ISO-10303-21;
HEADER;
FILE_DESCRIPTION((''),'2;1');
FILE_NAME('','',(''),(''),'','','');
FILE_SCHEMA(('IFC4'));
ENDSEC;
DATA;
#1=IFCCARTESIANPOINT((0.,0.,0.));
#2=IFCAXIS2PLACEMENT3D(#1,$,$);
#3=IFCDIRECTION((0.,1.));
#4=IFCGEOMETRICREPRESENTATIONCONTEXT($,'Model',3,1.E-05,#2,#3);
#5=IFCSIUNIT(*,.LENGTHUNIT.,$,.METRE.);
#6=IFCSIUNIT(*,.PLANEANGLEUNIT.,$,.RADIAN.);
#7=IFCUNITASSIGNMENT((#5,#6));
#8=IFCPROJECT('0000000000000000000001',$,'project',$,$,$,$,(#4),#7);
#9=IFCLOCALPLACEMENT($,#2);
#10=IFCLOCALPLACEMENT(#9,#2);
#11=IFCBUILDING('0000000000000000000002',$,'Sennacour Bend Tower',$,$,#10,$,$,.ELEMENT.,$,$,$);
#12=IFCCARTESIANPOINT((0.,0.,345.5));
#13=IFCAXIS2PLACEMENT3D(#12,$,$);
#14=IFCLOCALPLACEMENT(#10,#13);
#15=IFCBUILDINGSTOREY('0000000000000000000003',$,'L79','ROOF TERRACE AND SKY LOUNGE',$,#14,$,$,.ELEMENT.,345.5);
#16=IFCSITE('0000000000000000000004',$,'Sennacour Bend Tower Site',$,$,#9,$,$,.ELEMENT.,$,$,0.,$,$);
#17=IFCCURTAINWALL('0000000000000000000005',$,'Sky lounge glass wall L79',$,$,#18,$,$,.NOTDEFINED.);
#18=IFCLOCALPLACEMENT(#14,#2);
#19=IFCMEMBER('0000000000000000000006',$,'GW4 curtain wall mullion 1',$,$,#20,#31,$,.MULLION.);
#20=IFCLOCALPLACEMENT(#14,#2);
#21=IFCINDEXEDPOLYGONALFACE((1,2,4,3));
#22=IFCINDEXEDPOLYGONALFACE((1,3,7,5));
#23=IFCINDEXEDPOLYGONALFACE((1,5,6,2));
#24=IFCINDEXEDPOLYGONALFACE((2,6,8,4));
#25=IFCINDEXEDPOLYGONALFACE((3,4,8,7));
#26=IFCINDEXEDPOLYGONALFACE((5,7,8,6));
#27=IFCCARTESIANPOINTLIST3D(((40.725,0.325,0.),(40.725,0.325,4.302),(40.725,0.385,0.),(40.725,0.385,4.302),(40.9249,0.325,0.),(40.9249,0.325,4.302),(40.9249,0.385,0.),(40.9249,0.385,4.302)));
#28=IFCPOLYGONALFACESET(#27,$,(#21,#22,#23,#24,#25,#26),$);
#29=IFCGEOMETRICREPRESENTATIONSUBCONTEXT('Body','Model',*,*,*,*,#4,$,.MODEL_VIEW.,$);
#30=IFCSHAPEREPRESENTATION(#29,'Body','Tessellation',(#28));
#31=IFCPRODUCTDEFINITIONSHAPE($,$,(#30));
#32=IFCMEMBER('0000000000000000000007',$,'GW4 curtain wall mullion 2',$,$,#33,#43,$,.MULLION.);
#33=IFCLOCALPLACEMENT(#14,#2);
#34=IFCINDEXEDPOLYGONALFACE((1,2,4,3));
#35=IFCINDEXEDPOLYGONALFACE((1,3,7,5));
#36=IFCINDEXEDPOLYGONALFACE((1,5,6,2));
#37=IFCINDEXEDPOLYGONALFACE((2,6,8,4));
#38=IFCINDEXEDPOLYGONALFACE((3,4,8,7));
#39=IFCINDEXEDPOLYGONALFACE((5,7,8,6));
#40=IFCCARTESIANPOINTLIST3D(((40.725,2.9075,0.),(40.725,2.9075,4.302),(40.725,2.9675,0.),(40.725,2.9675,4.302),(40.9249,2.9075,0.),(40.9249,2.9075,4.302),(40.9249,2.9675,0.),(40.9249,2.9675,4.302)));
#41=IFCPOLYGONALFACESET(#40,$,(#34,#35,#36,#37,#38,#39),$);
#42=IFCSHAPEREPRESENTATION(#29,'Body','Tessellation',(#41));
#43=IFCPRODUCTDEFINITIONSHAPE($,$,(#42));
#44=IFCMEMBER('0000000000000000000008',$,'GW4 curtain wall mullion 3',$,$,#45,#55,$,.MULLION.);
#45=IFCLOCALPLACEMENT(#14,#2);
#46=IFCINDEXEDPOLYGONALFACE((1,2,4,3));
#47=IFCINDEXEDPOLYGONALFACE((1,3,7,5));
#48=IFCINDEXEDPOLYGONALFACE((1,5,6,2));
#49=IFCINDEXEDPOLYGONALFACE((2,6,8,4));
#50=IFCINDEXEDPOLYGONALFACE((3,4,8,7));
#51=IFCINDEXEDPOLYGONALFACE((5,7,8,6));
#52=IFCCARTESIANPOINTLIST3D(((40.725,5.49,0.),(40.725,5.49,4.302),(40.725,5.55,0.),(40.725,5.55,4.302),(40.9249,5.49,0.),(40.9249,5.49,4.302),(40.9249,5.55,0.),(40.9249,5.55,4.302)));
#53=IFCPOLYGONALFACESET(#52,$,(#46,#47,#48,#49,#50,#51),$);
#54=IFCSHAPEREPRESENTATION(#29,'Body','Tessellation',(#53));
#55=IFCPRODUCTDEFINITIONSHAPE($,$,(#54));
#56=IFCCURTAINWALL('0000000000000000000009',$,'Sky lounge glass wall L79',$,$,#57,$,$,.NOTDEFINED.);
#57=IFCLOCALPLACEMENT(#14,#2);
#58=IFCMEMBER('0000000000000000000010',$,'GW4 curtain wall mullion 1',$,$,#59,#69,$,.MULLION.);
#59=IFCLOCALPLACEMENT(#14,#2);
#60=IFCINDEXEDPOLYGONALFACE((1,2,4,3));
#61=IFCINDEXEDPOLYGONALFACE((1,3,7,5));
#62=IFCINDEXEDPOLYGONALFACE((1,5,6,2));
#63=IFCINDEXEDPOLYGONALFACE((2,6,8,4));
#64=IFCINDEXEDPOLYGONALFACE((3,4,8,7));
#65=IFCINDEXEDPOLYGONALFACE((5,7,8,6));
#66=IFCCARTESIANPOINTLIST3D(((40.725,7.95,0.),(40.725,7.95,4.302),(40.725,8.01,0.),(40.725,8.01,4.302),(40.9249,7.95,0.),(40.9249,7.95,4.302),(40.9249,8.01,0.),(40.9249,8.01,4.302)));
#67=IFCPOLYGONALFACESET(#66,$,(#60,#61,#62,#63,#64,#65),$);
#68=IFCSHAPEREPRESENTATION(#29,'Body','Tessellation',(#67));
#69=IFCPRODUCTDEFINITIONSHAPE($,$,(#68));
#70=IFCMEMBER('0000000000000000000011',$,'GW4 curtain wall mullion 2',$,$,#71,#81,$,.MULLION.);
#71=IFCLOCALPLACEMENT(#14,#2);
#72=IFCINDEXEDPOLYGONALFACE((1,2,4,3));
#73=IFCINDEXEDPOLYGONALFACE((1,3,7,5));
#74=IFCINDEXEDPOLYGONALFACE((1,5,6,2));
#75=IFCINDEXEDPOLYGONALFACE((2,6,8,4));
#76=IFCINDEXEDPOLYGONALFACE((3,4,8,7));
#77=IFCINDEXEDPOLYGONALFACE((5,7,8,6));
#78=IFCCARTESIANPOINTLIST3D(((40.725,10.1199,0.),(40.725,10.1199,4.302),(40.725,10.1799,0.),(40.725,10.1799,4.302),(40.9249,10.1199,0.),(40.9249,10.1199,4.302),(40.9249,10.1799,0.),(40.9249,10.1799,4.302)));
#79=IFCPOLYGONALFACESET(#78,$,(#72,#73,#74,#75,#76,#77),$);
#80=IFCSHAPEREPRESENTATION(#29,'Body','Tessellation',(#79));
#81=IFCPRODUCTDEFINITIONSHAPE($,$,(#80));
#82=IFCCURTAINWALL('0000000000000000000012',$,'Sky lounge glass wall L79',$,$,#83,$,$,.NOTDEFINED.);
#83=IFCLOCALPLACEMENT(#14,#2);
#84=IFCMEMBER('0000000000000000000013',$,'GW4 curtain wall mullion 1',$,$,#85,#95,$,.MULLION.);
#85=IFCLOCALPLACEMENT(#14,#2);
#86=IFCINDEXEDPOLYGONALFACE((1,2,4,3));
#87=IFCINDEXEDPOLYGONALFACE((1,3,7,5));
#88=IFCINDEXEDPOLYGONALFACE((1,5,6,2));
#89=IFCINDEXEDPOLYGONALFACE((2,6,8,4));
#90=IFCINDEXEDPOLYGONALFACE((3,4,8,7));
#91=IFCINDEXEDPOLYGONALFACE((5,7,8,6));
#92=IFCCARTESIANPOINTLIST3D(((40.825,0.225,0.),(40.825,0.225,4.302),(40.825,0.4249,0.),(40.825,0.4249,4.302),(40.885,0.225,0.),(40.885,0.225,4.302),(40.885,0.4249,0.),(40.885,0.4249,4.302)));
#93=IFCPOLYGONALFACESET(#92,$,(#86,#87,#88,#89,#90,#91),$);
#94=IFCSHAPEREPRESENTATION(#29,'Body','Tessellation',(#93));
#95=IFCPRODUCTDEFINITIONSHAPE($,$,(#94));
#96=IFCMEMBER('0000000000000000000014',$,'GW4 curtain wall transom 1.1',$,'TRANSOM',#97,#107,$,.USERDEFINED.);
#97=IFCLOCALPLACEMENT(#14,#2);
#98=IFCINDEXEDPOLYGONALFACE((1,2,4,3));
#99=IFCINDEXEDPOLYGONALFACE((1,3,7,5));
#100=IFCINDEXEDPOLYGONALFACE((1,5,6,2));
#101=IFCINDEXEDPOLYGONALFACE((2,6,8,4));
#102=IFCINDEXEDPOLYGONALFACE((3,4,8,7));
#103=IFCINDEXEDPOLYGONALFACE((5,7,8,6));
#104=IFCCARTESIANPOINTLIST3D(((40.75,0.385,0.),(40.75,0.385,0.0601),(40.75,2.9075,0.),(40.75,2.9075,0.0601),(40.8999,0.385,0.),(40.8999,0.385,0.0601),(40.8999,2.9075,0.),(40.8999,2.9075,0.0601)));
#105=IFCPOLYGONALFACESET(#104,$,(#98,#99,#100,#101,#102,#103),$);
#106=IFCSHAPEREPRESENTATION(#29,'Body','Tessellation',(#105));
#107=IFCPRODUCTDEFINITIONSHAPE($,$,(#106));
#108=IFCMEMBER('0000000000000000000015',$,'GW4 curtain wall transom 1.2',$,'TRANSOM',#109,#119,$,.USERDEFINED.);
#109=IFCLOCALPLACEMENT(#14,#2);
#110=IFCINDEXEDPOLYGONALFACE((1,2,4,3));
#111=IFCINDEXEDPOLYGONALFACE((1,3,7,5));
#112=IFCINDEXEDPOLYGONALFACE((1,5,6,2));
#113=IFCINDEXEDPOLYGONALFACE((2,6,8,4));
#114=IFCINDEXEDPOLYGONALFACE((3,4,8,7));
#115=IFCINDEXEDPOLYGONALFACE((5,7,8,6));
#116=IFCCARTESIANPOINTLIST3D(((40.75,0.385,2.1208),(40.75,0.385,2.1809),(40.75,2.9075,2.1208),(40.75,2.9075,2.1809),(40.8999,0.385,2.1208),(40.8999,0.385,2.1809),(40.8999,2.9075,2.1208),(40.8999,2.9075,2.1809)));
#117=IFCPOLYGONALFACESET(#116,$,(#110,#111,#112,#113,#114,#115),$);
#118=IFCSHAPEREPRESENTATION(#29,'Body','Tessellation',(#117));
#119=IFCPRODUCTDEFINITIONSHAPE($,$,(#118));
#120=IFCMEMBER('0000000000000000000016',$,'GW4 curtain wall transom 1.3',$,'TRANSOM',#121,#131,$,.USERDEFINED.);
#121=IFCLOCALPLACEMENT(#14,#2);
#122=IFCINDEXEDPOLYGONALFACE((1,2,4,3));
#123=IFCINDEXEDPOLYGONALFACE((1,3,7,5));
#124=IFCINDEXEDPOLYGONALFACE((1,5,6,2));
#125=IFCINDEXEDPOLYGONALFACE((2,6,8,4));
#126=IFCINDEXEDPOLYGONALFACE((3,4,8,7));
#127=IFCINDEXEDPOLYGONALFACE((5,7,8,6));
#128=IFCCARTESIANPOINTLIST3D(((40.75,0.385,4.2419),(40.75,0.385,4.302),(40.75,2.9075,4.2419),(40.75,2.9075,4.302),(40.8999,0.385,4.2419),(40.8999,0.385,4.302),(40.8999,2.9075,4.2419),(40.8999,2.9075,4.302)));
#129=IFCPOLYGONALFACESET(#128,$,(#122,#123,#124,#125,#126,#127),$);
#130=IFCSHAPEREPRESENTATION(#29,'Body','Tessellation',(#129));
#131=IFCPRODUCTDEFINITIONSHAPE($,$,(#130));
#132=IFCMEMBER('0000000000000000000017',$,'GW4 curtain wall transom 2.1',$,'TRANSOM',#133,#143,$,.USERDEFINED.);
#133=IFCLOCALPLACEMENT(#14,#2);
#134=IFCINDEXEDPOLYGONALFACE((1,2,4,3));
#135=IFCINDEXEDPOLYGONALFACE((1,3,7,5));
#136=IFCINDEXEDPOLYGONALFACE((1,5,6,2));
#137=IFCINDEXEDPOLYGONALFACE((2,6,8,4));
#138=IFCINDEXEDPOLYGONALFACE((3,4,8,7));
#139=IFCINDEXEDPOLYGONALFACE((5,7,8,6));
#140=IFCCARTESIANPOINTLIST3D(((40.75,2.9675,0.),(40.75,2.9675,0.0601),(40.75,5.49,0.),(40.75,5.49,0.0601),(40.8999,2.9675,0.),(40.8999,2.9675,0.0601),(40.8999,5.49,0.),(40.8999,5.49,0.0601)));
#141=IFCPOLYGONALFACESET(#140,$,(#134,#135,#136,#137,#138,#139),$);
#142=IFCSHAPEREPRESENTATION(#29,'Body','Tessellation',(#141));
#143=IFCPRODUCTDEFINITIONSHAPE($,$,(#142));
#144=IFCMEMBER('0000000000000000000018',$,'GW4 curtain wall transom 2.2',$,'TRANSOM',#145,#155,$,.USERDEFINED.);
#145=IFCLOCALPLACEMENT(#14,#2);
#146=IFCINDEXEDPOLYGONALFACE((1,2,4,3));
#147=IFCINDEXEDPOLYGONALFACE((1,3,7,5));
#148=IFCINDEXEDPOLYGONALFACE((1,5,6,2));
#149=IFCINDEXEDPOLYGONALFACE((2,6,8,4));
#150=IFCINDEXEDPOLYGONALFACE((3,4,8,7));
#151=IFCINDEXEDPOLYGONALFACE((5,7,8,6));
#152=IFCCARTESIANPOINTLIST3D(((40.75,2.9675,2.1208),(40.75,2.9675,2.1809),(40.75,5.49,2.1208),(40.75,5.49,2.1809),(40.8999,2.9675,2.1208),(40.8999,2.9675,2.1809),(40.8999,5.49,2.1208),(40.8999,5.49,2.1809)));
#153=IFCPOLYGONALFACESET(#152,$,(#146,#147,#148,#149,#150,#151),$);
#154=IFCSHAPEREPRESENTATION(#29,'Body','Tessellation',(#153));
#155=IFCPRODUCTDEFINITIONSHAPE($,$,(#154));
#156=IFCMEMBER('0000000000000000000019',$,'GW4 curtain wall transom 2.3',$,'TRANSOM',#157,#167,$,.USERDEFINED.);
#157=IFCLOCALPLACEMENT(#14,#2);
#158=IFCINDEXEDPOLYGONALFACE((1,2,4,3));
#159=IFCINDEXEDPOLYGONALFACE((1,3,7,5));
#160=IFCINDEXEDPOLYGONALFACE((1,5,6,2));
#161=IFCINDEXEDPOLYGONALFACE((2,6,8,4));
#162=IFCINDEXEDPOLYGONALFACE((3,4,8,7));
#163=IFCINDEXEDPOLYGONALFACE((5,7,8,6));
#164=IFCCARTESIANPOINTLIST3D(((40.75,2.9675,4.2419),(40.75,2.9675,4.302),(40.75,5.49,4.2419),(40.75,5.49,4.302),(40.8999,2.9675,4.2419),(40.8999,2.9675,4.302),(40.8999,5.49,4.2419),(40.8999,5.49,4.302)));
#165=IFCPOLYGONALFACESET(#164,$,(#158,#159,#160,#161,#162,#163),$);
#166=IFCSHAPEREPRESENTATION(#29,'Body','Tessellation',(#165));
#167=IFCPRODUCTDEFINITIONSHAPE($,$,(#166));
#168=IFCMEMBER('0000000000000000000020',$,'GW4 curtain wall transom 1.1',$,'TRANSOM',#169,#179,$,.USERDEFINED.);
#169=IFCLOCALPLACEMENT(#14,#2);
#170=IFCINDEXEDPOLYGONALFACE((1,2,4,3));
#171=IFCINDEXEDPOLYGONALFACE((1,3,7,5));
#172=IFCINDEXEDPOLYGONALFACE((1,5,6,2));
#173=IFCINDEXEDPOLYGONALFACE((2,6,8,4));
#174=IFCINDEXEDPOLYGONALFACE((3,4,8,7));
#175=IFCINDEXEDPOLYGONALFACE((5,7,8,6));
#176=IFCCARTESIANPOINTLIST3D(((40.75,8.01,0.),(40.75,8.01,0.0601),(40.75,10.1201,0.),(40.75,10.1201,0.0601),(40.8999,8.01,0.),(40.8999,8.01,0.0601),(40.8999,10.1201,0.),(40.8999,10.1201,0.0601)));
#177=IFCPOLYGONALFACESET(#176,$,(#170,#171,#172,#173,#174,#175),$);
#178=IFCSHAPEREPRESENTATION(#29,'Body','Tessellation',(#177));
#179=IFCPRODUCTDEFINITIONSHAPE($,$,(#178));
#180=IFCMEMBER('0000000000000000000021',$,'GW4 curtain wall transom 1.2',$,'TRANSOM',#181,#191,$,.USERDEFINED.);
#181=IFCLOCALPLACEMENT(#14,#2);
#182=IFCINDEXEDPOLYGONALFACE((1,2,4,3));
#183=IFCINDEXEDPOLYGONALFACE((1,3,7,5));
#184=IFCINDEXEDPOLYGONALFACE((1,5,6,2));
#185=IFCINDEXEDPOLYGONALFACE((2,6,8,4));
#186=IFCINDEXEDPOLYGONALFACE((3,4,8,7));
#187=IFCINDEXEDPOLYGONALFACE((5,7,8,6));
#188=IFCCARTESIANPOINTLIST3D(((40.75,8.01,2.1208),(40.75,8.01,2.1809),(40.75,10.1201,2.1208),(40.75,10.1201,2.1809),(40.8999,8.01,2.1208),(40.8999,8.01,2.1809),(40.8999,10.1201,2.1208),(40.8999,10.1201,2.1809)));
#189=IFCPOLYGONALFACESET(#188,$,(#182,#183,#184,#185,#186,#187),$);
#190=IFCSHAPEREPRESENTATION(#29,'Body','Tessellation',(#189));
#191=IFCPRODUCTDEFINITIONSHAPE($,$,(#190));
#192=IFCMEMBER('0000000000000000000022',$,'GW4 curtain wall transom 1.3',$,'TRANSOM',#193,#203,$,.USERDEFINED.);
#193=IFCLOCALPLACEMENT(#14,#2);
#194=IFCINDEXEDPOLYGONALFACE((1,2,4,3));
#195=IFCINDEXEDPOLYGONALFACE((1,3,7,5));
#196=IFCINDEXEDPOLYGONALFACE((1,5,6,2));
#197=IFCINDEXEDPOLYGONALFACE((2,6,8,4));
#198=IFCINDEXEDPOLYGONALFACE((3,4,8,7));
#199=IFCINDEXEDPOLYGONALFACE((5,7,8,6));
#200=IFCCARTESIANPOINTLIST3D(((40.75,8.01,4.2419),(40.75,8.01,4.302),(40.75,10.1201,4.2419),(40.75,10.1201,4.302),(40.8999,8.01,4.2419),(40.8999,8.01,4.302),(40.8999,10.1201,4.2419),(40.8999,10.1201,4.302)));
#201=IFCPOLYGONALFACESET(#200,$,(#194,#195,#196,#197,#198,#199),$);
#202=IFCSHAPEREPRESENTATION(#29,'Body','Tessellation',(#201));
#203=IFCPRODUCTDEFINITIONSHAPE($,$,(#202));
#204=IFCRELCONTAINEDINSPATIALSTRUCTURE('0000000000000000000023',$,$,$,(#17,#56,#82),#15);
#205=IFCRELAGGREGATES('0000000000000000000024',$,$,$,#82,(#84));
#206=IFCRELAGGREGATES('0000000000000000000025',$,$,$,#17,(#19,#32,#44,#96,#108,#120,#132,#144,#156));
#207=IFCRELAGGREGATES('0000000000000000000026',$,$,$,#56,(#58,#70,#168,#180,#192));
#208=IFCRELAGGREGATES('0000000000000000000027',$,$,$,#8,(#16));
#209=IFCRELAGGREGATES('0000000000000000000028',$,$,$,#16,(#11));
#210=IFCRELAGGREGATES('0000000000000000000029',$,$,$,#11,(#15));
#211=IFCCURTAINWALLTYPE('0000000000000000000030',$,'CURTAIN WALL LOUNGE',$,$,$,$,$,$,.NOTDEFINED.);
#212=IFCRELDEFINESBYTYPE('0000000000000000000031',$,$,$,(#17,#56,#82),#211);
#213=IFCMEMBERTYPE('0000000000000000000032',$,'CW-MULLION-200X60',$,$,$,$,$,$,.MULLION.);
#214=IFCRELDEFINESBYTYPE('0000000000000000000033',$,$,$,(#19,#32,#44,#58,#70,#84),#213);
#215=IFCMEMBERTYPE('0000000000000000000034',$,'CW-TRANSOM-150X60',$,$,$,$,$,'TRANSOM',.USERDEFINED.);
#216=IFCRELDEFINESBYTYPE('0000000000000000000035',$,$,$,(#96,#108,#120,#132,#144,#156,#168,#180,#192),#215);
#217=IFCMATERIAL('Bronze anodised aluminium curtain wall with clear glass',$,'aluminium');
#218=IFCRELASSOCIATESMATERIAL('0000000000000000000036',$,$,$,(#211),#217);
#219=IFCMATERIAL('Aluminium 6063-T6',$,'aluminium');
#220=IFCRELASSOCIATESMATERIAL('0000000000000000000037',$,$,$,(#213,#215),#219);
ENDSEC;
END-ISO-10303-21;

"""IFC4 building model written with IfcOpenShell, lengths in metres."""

from ifc_helpers import new_model, si_unit, direction, frame, origin, origin_2d, place, context, subcontext, project, spatial, rectangle, extrude, material, material_profile, profile_set, type_object, element, aggregate, save


model = new_model("IFC4")

# Units and contexts
model_context = context("Model", 3, precision=1e-05, world=origin(), true_north=direction((0.0, 1.0)))
body_context = subcontext(model_context, "Body", "Model", "MODEL_VIEW")
ifc_project = project(units=[si_unit("LENGTHUNIT", "METRE"), si_unit("PLANEANGLEUNIT", "RADIAN")], contexts=[model_context])

# Site, building, storey
site_placement = place(None, origin())
site = spatial("IfcSite", under=ifc_project, at=site_placement, Name="Sennacour Bend Tower Site", CompositionType="ELEMENT", RefElevation=0.0)
building_placement = place(site_placement, origin())
building = spatial("IfcBuilding", under=site, at=building_placement, Name="Sennacour Bend Tower", CompositionType="ELEMENT")
storey_placement = place(building_placement, frame((0.0, 0.0, 345.5)))
storey = spatial("IfcBuildingStorey", under=building, at=storey_placement, Name="L79", Description="ROOF TERRACE AND SKY LOUNGE", CompositionType="ELEMENT", Elevation=345.5)

# Curtain walls, members
ifc_material_1 = material(Name="Bronze anodised aluminium curtain wall with clear glass", Category="aluminium")
curtain_wall_type = type_object("IfcCurtainWallType", Name="CURTAIN WALL LOUNGE", PredefinedType="NOTDEFINED", material=ifc_material_1)
curtain_wall_1_placement = place(storey_placement, origin())
curtain_wall_1 = element("IfcCurtainWall", 1, at=curtain_wall_1_placement, inside=storey, type_object=curtain_wall_type, Name="Sky lounge glass wall L79", PredefinedType="NOTDEFINED")
ifc_material_2 = material(Name="Aluminium 6063-T6", Category="aluminium")
ifc_material_profile_1 = material_profile(ifc_material_2, rectangle(XDim=0.2, YDim=0.0601, at=origin_2d()), Name="Aluminium 6063-T6", Category="aluminium")
ifc_profile_set_1 = profile_set([ifc_material_profile_1], Name="Aluminium 6063-T6")
member_type_1 = type_object("IfcMemberType", Name="CW-MULLION-200X60", PredefinedType="MULLION", material=ifc_profile_set_1)
member_1_placement = place(storey_placement, frame((40.825, 0.355, 0.0), z_axis=(0.0, 0.0, 1.0), x_axis=(-1.0, 0.0, 0.0)))
member_1 = element("IfcMember", 2, at=member_1_placement, type_object=member_type_1, Name="GW4 curtain wall mullion 1", PredefinedType="MULLION", context=body_context, shape_type="SweptSolid", body=[
    extrude(rectangle(XDim=0.2, YDim=0.0601, at=origin_2d()), origin(), (0.0, 0.0, 1.0), 4.302),
])
member_2_placement = place(storey_placement, frame((40.825, 2.9375, 0.0), z_axis=(0.0, 0.0, 1.0), x_axis=(-1.0, 0.0, 0.0)))
member_2 = element("IfcMember", 3, at=member_2_placement, type_object=member_type_1, Name="GW4 curtain wall mullion 2", PredefinedType="MULLION", context=body_context, shape_type="SweptSolid", body=[
    extrude(rectangle(XDim=0.2, YDim=0.0601, at=origin_2d()), origin(), (0.0, 0.0, 1.0), 4.302),
])
member_3_placement = place(storey_placement, frame((40.825, 5.52, 0.0), z_axis=(0.0, 0.0, 1.0), x_axis=(-1.0, 0.0, 0.0)))
member_3 = element("IfcMember", 4, at=member_3_placement, type_object=member_type_1, Name="GW4 curtain wall mullion 3", PredefinedType="MULLION", context=body_context, shape_type="SweptSolid", body=[
    extrude(rectangle(XDim=0.2, YDim=0.0601, at=origin_2d()), origin(), (0.0, 0.0, 1.0), 4.302),
])
curtain_wall_2_placement = place(storey_placement, origin())
curtain_wall_2 = element("IfcCurtainWall", 5, at=curtain_wall_2_placement, inside=storey, type_object=curtain_wall_type, Name="Sky lounge glass wall L79", PredefinedType="NOTDEFINED")
member_4_placement = place(storey_placement, frame((40.825, 7.98, 0.0), z_axis=(0.0, 0.0, 1.0), x_axis=(-1.0, 0.0, 0.0)))
member_4 = element("IfcMember", 6, at=member_4_placement, type_object=member_type_1, Name="GW4 curtain wall mullion 1", PredefinedType="MULLION", context=body_context, shape_type="SweptSolid", body=[
    extrude(rectangle(XDim=0.2, YDim=0.0601, at=origin_2d()), origin(), (0.0, 0.0, 1.0), 4.302),
])
member_5_placement = place(storey_placement, frame((40.825, 10.1499, 0.0), z_axis=(0.0, 0.0, 1.0), x_axis=(-1.0, 0.0, 0.0)))
member_5 = element("IfcMember", 7, at=member_5_placement, type_object=member_type_1, Name="GW4 curtain wall mullion 2", PredefinedType="MULLION", context=body_context, shape_type="SweptSolid", body=[
    extrude(rectangle(XDim=0.2, YDim=0.0601, at=origin_2d()), origin(), (0.0, 0.0, 1.0), 4.302),
])

# Curtain wall, member
curtain_wall_3_placement = place(storey_placement, origin())
curtain_wall_3 = element("IfcCurtainWall", 8, at=curtain_wall_3_placement, inside=storey, type_object=curtain_wall_type, Name="Sky lounge glass wall L79", PredefinedType="NOTDEFINED")
member_6_placement = place(storey_placement, frame((40.855, 0.325, 0.0), z_axis=(0.0, 0.0, 1.0), x_axis=(0.0, 1.0, 0.0)))
member_6 = element("IfcMember", 9, at=member_6_placement, type_object=member_type_1, Name="GW4 curtain wall mullion 1", PredefinedType="MULLION", context=body_context, shape_type="SweptSolid", body=[
    extrude(rectangle(XDim=0.2, YDim=0.0601, at=origin_2d()), origin(), (0.0, 0.0, 1.0), 4.302),
])

# Members
ifc_material_profile_2 = material_profile(ifc_material_2, rectangle(XDim=0.1499, YDim=0.0601, at=origin_2d()), Name="Aluminium 6063-T6", Category="aluminium")
ifc_profile_set_2 = profile_set([ifc_material_profile_2], Name="Aluminium 6063-T6")
member_type_2 = type_object("IfcMemberType", Name="CW-TRANSOM-150X60", ElementType="TRANSOM", PredefinedType="USERDEFINED", material=ifc_profile_set_2)
member_7_placement = place(storey_placement, frame((40.825, 0.385, 0.03), z_axis=(0.0, 1.0, 0.0), x_axis=(-1.0, 0.0, 0.0)))
member_7 = element("IfcMember", 10, at=member_7_placement, type_object=member_type_2, Name="GW4 curtain wall transom 1.1", ObjectType="TRANSOM", PredefinedType="USERDEFINED", context=body_context, shape_type="SweptSolid", body=[
    extrude(rectangle(XDim=0.1499, YDim=0.0601, at=origin_2d()), origin(), (0.0, 0.0, 1.0), 2.5225),
])
member_8_placement = place(storey_placement, frame((40.825, 0.385, 2.1509), z_axis=(0.0, 1.0, 0.0), x_axis=(-1.0, 0.0, 0.0)))
member_8 = element("IfcMember", 11, at=member_8_placement, type_object=member_type_2, Name="GW4 curtain wall transom 1.2", ObjectType="TRANSOM", PredefinedType="USERDEFINED", context=body_context, shape_type="SweptSolid", body=[
    extrude(rectangle(XDim=0.1499, YDim=0.0601, at=origin_2d()), origin(), (0.0, 0.0, 1.0), 2.5225),
])
member_9_placement = place(storey_placement, frame((40.825, 0.385, 4.272), z_axis=(0.0, 1.0, 0.0), x_axis=(-1.0, 0.0, 0.0)))
member_9 = element("IfcMember", 12, at=member_9_placement, type_object=member_type_2, Name="GW4 curtain wall transom 1.3", ObjectType="TRANSOM", PredefinedType="USERDEFINED", context=body_context, shape_type="SweptSolid", body=[
    extrude(rectangle(XDim=0.1499, YDim=0.0601, at=origin_2d()), origin(), (0.0, 0.0, 1.0), 2.5225),
])
member_10_placement = place(storey_placement, frame((40.825, 2.9675, 0.03), z_axis=(0.0, 1.0, 0.0), x_axis=(-1.0, 0.0, 0.0)))
member_10 = element("IfcMember", 13, at=member_10_placement, type_object=member_type_2, Name="GW4 curtain wall transom 2.1", ObjectType="TRANSOM", PredefinedType="USERDEFINED", context=body_context, shape_type="SweptSolid", body=[
    extrude(rectangle(XDim=0.1499, YDim=0.0601, at=origin_2d()), origin(), (0.0, 0.0, 1.0), 2.5225),
])
member_11_placement = place(storey_placement, frame((40.825, 2.9675, 2.1509), z_axis=(0.0, 1.0, 0.0), x_axis=(-1.0, 0.0, 0.0)))
member_11 = element("IfcMember", 14, at=member_11_placement, type_object=member_type_2, Name="GW4 curtain wall transom 2.2", ObjectType="TRANSOM", PredefinedType="USERDEFINED", context=body_context, shape_type="SweptSolid", body=[
    extrude(rectangle(XDim=0.1499, YDim=0.0601, at=origin_2d()), origin(), (0.0, 0.0, 1.0), 2.5225),
])
member_12_placement = place(storey_placement, frame((40.825, 2.9675, 4.272), z_axis=(0.0, 1.0, 0.0), x_axis=(-1.0, 0.0, 0.0)))
member_12 = element("IfcMember", 15, at=member_12_placement, type_object=member_type_2, Name="GW4 curtain wall transom 2.3", ObjectType="TRANSOM", PredefinedType="USERDEFINED", context=body_context, shape_type="SweptSolid", body=[
    extrude(rectangle(XDim=0.1499, YDim=0.0601, at=origin_2d()), origin(), (0.0, 0.0, 1.0), 2.5225),
])
member_13_placement = place(storey_placement, frame((40.825, 8.01, 0.03), z_axis=(0.0, 1.0, 0.0), x_axis=(-1.0, 0.0, 0.0)))
member_13 = element("IfcMember", 16, at=member_13_placement, type_object=member_type_2, Name="GW4 curtain wall transom 1.1", ObjectType="TRANSOM", PredefinedType="USERDEFINED", context=body_context, shape_type="SweptSolid", body=[
    extrude(rectangle(XDim=0.1499, YDim=0.0601, at=origin_2d()), origin(), (0.0, 0.0, 1.0), 2.1101),
])
member_14_placement = place(storey_placement, frame((40.825, 8.01, 2.1509), z_axis=(0.0, 1.0, 0.0), x_axis=(-1.0, 0.0, 0.0)))
member_14 = element("IfcMember", 17, at=member_14_placement, type_object=member_type_2, Name="GW4 curtain wall transom 1.2", ObjectType="TRANSOM", PredefinedType="USERDEFINED", context=body_context, shape_type="SweptSolid", body=[
    extrude(rectangle(XDim=0.1499, YDim=0.0601, at=origin_2d()), origin(), (0.0, 0.0, 1.0), 2.1101),
])
member_15_placement = place(storey_placement, frame((40.825, 8.01, 4.272), z_axis=(0.0, 1.0, 0.0), x_axis=(-1.0, 0.0, 0.0)))
member_15 = element("IfcMember", 18, at=member_15_placement, type_object=member_type_2, Name="GW4 curtain wall transom 1.3", ObjectType="TRANSOM", PredefinedType="USERDEFINED", context=body_context, shape_type="SweptSolid", body=[
    extrude(rectangle(XDim=0.1499, YDim=0.0601, at=origin_2d()), origin(), (0.0, 0.0, 1.0), 2.1101),
])
aggregate(curtain_wall_3, [member_6])

aggregate(curtain_wall_1, [member_1, member_2, member_3, member_7, member_8, member_9, member_10, member_11, member_12])
aggregate(curtain_wall_2, [member_4, member_5, member_13, member_14, member_15])

save(model, "model.ifc")
